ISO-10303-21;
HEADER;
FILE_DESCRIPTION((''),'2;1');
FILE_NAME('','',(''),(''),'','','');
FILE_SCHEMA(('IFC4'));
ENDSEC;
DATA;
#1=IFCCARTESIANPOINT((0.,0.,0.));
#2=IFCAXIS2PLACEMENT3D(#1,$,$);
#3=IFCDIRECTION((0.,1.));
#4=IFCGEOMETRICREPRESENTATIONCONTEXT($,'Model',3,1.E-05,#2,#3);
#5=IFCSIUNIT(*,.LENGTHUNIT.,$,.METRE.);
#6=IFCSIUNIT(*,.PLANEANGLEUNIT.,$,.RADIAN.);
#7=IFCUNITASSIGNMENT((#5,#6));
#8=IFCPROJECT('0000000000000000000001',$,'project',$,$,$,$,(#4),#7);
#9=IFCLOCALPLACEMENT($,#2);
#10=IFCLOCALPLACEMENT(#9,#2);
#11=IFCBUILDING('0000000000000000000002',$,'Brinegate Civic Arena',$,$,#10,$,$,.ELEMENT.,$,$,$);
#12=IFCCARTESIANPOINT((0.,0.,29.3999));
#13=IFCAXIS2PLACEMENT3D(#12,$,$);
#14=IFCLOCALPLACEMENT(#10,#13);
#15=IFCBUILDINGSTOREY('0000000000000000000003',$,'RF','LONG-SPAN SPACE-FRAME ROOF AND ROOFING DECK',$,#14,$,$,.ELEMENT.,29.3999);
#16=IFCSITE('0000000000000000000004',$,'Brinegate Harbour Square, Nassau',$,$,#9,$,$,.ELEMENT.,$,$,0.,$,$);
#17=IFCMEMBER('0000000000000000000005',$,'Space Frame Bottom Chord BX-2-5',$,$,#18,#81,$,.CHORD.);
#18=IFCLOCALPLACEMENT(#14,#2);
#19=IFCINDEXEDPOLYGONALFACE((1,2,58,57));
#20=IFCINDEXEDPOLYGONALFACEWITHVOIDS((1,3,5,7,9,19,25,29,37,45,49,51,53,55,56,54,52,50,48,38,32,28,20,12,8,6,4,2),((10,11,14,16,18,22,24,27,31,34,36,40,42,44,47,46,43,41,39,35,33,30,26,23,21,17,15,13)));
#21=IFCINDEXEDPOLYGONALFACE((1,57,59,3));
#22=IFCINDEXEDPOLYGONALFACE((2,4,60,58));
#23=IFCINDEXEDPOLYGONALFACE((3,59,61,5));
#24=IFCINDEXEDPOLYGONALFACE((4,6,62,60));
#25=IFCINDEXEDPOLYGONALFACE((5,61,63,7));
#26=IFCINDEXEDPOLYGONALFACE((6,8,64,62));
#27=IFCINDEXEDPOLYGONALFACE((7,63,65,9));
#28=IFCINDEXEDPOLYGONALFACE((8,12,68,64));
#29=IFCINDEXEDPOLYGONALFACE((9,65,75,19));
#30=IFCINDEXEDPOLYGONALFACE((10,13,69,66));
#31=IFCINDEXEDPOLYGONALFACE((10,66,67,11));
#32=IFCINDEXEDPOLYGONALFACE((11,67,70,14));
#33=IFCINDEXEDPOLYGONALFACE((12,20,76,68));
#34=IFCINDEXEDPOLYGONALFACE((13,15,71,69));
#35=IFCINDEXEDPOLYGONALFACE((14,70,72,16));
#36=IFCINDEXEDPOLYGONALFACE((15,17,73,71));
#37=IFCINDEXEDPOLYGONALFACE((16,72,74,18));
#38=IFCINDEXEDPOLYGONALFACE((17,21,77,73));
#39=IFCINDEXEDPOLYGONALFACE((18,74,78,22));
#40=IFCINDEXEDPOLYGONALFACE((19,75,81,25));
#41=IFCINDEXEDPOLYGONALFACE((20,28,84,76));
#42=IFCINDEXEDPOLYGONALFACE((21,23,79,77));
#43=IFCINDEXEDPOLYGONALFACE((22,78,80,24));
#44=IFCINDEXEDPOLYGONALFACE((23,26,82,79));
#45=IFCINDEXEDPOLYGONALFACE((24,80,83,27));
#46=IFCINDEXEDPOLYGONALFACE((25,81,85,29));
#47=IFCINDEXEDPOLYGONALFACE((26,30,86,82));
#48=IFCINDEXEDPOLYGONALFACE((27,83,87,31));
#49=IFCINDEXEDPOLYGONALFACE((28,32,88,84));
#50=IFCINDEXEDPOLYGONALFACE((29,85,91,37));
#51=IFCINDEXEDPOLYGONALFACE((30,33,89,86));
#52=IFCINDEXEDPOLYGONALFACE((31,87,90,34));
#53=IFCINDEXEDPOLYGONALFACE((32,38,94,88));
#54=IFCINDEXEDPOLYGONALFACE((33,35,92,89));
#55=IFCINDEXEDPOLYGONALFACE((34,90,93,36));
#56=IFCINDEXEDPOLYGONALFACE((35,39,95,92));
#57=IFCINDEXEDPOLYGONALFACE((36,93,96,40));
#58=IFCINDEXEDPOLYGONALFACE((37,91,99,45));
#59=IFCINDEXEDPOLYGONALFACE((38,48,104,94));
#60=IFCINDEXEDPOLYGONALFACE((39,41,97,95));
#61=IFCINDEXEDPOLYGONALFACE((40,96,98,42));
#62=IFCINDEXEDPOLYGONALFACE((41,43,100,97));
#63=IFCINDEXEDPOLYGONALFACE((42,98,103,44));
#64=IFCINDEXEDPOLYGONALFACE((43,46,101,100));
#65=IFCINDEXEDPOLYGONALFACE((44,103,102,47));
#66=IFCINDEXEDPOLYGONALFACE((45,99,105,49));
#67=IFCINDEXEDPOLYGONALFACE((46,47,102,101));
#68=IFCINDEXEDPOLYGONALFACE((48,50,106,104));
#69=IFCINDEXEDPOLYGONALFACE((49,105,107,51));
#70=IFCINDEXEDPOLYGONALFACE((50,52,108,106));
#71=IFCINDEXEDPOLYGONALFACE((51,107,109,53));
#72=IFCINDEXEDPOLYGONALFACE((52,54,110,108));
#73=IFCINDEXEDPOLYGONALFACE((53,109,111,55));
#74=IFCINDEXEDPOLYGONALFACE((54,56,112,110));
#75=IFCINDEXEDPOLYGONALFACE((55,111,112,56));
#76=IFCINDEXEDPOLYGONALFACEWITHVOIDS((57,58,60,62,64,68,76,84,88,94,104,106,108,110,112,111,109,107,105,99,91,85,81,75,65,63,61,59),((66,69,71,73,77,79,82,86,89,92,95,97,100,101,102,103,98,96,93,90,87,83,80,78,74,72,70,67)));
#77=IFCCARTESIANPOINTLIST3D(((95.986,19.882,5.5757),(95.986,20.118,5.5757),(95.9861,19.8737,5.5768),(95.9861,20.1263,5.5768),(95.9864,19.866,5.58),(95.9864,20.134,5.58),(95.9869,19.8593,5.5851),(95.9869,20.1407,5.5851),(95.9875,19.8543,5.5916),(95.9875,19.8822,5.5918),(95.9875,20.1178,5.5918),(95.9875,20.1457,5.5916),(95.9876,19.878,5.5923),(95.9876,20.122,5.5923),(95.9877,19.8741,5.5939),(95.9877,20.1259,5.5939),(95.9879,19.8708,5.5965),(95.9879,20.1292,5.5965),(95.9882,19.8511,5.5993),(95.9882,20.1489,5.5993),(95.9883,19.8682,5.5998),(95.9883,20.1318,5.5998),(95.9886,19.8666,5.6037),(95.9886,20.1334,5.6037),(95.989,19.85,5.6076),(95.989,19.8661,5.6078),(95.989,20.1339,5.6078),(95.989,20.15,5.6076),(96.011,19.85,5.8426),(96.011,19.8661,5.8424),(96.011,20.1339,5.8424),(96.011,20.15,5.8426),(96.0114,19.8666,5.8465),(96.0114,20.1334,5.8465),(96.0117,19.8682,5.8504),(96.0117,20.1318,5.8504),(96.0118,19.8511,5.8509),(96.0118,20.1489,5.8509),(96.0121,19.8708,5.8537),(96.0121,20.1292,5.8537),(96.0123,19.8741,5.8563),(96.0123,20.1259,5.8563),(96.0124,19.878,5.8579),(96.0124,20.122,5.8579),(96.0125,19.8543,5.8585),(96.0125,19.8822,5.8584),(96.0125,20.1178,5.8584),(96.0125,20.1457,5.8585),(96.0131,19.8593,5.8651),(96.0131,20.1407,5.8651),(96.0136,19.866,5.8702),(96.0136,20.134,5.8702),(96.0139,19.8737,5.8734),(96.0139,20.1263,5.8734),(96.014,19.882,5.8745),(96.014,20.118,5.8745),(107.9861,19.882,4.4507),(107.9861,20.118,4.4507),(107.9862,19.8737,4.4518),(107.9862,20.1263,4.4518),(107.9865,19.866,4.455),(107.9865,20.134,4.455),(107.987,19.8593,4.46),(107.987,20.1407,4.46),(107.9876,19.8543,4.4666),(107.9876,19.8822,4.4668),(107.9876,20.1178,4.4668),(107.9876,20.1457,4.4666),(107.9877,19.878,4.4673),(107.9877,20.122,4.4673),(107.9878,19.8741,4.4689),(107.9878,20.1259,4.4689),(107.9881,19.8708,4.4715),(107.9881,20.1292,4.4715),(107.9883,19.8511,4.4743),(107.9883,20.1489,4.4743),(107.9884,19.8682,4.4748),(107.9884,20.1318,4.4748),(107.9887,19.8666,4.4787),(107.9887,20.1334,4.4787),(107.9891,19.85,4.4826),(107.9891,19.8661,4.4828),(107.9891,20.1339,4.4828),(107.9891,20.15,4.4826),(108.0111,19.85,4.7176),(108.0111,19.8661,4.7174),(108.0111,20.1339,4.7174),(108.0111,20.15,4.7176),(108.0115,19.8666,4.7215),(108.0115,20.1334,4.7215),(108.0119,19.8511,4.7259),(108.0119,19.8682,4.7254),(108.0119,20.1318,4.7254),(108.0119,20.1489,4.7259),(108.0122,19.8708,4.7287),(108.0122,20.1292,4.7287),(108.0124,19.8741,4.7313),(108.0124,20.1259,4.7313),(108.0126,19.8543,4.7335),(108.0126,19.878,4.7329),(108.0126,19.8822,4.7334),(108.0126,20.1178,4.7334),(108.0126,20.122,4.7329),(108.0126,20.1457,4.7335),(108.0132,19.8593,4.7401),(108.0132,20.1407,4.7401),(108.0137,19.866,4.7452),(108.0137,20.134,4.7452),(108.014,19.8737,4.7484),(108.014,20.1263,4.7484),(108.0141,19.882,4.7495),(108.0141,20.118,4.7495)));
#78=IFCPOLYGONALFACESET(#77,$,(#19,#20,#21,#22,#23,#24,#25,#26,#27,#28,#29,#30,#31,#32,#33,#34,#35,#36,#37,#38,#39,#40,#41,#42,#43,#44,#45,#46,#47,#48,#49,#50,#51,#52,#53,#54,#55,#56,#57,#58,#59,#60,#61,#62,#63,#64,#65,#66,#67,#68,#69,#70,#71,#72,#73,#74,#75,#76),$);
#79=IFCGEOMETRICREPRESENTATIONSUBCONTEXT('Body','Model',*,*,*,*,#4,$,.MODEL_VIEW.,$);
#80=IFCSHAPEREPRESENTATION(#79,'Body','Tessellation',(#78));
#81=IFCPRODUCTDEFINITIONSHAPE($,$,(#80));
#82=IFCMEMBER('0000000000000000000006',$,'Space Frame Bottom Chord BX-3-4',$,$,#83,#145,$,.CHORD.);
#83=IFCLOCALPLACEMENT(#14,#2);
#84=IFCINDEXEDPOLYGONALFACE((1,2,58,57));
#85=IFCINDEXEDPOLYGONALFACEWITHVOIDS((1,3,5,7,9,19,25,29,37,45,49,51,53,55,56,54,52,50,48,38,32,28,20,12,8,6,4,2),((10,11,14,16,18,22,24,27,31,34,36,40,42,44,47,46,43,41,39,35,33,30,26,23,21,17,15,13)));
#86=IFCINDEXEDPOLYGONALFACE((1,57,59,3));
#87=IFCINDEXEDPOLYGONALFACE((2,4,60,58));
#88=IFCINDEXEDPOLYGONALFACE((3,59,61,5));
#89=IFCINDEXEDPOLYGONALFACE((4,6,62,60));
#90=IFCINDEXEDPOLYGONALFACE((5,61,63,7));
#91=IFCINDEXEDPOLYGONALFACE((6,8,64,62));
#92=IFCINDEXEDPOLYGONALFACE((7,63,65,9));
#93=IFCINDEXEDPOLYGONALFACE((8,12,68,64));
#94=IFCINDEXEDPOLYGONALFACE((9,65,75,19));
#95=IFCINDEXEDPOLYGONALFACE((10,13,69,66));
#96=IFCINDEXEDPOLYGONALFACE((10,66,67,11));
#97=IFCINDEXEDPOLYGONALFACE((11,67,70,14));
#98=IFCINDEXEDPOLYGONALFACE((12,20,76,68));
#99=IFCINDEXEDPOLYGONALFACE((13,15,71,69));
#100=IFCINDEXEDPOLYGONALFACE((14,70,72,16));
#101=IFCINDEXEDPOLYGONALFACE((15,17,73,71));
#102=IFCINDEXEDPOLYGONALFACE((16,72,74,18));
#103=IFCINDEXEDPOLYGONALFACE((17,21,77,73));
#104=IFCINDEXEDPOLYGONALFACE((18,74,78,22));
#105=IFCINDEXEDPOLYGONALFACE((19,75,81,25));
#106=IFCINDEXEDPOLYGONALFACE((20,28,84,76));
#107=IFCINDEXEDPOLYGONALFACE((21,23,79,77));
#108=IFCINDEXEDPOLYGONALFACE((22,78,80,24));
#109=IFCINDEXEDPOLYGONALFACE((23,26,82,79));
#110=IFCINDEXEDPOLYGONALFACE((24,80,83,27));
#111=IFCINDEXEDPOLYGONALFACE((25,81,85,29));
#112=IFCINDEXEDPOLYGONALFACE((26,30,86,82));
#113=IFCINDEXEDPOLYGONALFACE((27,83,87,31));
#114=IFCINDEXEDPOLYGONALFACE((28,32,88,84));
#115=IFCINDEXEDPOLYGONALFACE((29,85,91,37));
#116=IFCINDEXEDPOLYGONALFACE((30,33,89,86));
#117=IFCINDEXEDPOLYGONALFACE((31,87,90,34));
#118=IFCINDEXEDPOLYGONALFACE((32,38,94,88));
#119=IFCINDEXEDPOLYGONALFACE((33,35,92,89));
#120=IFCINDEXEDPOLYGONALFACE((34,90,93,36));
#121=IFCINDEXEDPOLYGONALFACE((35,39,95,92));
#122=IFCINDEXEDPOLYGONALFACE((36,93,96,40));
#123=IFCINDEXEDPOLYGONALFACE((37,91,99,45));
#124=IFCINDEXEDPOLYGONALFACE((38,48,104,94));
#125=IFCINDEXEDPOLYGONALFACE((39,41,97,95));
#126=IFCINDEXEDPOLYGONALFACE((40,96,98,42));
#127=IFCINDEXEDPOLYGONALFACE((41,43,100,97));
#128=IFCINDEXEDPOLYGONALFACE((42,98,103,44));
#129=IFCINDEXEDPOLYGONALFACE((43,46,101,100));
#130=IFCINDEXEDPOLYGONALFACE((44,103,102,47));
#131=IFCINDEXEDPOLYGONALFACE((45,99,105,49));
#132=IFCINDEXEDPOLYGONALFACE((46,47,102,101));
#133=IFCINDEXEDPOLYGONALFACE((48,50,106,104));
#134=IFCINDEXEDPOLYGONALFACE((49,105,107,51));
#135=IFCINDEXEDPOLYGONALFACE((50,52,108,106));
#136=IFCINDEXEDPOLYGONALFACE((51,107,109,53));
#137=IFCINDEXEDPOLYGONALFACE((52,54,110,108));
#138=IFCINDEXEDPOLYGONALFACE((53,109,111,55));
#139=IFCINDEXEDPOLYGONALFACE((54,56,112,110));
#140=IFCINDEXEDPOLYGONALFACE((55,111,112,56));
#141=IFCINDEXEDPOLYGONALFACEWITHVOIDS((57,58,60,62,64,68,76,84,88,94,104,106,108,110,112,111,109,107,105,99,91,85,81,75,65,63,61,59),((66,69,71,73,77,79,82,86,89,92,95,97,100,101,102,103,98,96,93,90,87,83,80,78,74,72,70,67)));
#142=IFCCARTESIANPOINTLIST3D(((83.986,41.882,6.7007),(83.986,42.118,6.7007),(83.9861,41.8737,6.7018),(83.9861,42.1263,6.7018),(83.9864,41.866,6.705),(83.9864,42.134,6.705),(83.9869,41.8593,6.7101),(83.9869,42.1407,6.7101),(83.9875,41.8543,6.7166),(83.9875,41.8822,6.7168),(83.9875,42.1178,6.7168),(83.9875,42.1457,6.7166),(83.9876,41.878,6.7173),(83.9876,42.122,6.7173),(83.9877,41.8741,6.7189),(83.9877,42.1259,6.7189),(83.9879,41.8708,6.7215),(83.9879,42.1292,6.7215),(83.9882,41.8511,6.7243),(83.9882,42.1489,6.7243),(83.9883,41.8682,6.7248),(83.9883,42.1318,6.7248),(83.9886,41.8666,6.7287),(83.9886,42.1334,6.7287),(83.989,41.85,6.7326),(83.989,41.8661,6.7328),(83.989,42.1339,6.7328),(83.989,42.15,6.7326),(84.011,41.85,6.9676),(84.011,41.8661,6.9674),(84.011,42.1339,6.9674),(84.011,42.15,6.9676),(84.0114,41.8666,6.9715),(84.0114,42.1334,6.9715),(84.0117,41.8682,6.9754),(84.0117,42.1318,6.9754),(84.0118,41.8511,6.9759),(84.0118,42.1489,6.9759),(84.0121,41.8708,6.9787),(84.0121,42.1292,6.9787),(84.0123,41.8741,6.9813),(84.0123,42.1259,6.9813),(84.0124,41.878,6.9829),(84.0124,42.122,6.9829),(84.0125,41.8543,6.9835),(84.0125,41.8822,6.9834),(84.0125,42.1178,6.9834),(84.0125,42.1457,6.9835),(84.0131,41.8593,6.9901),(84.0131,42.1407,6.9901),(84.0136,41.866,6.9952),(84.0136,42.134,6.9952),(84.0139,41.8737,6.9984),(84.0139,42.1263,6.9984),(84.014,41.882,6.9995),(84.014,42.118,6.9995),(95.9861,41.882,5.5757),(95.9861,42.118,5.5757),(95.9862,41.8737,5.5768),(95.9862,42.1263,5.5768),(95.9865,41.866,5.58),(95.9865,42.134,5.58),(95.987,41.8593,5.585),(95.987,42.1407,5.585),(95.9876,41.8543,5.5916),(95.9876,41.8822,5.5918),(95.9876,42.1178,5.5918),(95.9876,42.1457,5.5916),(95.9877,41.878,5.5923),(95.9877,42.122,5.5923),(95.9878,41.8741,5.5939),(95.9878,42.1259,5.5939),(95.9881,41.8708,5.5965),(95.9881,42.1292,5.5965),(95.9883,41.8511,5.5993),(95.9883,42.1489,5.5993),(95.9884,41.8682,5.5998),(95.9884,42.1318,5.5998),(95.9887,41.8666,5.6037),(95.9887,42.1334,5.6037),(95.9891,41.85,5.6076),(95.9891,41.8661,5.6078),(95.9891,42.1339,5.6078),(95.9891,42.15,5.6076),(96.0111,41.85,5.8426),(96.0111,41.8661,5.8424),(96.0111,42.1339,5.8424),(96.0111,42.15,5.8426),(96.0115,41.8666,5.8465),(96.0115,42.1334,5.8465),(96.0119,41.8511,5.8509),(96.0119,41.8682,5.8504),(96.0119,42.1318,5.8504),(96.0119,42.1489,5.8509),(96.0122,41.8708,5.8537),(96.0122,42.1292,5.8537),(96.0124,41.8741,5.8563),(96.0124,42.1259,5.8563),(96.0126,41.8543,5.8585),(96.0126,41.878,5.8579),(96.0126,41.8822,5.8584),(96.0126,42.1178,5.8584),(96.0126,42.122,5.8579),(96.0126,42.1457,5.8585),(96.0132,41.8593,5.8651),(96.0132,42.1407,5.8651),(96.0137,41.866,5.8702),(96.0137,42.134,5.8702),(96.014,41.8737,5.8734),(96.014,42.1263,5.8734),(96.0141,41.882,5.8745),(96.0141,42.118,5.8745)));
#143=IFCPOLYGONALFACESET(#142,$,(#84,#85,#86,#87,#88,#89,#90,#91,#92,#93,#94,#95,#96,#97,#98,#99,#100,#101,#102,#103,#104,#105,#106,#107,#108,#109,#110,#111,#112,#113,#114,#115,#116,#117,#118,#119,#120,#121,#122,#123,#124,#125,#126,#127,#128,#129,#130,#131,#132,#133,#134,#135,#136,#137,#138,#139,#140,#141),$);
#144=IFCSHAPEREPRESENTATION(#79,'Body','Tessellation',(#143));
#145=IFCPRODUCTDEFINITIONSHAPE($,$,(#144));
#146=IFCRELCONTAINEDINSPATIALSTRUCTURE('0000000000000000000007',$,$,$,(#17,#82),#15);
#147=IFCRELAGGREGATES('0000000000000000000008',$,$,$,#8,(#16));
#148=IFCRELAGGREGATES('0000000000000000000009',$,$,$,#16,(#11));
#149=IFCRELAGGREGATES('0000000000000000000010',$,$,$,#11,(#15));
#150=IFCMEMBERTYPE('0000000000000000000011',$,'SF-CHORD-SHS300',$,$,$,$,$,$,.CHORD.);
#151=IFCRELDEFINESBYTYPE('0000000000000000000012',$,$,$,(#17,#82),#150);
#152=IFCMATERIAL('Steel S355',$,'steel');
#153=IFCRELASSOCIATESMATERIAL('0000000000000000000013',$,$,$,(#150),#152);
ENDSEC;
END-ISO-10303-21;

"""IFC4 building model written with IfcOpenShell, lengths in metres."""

from ifc_helpers import new_model, si_unit, direction, frame, origin, origin_2d, place, context, subcontext, project, spatial, hollow_rectangle, extrude, material, material_profile, profile_set, type_object, element, save


model = new_model("IFC4")

# Units and contexts
model_context = context("Model", 3, precision=1e-05, world=origin(), true_north=direction((0.0, 1.0)))
body_context = subcontext(model_context, "Body", "Model", "MODEL_VIEW")
ifc_project = project(units=[si_unit("LENGTHUNIT", "METRE"), si_unit("PLANEANGLEUNIT", "RADIAN")], contexts=[model_context])

# Site, building, storey
site_placement = place(None, origin())
site = spatial("IfcSite", under=ifc_project, at=site_placement, Name="Brinegate Harbour Square, Nassau", CompositionType="ELEMENT", RefElevation=0.0)
building_placement = place(site_placement, origin())
building = spatial("IfcBuilding", under=site, at=building_placement, Name="Brinegate Civic Arena", CompositionType="ELEMENT")
storey_placement = place(building_placement, frame((0.0, 0.0, 29.3999)))
storey = spatial("IfcBuildingStorey", under=building, at=storey_placement, Name="RF", Description="LONG-SPAN SPACE-FRAME ROOF AND ROOFING DECK", CompositionType="ELEMENT", Elevation=29.3999)

# Members
ifc_material = material(Name="Steel S355", Category="steel")
ifc_material_profile_1 = material_profile(ifc_material, hollow_rectangle(XDim=0.3, YDim=0.3, WallThickness=0.0161, InnerFilletRadius=0.0161, OuterFilletRadius=0.032, at=origin_2d()), Name="SHS300X16")
ifc_profile_set_1 = profile_set([ifc_material_profile_1], Name="Steel S355")
member_type_1 = type_object("IfcMemberType", Name="SF-CHORD-SHS300", PredefinedType="CHORD", material=ifc_profile_set_1)
for number, where, z_axis, x_axis, name in (
    (1, (96.0, 20.0, 5.7251), (0.995634, 0.0, -0.093341), (0.0, 1.0, 0.0), "Space Frame Bottom Chord BX-2-5"),
    (2, (84.0, 42.0, 6.8501), (0.995634, 0.0, -0.093341), (0.0, 1.0, 0.0), "Space Frame Bottom Chord BX-3-4"),
):
    element("IfcMember", number, at=place(storey_placement, frame(where, z_axis=z_axis, x_axis=x_axis)), inside=storey, type_object=member_type_1, Name=name, PredefinedType="CHORD", context=body_context, shape_type="SweptSolid", body=[
        extrude(hollow_rectangle(XDim=0.3, YDim=0.3, WallThickness=0.0161, InnerFilletRadius=0.0161, OuterFilletRadius=0.032, at=origin_2d()), origin(), (0.0, 0.0, 1.0), 12.0527),
    ])

save(model, "model.ifc")
